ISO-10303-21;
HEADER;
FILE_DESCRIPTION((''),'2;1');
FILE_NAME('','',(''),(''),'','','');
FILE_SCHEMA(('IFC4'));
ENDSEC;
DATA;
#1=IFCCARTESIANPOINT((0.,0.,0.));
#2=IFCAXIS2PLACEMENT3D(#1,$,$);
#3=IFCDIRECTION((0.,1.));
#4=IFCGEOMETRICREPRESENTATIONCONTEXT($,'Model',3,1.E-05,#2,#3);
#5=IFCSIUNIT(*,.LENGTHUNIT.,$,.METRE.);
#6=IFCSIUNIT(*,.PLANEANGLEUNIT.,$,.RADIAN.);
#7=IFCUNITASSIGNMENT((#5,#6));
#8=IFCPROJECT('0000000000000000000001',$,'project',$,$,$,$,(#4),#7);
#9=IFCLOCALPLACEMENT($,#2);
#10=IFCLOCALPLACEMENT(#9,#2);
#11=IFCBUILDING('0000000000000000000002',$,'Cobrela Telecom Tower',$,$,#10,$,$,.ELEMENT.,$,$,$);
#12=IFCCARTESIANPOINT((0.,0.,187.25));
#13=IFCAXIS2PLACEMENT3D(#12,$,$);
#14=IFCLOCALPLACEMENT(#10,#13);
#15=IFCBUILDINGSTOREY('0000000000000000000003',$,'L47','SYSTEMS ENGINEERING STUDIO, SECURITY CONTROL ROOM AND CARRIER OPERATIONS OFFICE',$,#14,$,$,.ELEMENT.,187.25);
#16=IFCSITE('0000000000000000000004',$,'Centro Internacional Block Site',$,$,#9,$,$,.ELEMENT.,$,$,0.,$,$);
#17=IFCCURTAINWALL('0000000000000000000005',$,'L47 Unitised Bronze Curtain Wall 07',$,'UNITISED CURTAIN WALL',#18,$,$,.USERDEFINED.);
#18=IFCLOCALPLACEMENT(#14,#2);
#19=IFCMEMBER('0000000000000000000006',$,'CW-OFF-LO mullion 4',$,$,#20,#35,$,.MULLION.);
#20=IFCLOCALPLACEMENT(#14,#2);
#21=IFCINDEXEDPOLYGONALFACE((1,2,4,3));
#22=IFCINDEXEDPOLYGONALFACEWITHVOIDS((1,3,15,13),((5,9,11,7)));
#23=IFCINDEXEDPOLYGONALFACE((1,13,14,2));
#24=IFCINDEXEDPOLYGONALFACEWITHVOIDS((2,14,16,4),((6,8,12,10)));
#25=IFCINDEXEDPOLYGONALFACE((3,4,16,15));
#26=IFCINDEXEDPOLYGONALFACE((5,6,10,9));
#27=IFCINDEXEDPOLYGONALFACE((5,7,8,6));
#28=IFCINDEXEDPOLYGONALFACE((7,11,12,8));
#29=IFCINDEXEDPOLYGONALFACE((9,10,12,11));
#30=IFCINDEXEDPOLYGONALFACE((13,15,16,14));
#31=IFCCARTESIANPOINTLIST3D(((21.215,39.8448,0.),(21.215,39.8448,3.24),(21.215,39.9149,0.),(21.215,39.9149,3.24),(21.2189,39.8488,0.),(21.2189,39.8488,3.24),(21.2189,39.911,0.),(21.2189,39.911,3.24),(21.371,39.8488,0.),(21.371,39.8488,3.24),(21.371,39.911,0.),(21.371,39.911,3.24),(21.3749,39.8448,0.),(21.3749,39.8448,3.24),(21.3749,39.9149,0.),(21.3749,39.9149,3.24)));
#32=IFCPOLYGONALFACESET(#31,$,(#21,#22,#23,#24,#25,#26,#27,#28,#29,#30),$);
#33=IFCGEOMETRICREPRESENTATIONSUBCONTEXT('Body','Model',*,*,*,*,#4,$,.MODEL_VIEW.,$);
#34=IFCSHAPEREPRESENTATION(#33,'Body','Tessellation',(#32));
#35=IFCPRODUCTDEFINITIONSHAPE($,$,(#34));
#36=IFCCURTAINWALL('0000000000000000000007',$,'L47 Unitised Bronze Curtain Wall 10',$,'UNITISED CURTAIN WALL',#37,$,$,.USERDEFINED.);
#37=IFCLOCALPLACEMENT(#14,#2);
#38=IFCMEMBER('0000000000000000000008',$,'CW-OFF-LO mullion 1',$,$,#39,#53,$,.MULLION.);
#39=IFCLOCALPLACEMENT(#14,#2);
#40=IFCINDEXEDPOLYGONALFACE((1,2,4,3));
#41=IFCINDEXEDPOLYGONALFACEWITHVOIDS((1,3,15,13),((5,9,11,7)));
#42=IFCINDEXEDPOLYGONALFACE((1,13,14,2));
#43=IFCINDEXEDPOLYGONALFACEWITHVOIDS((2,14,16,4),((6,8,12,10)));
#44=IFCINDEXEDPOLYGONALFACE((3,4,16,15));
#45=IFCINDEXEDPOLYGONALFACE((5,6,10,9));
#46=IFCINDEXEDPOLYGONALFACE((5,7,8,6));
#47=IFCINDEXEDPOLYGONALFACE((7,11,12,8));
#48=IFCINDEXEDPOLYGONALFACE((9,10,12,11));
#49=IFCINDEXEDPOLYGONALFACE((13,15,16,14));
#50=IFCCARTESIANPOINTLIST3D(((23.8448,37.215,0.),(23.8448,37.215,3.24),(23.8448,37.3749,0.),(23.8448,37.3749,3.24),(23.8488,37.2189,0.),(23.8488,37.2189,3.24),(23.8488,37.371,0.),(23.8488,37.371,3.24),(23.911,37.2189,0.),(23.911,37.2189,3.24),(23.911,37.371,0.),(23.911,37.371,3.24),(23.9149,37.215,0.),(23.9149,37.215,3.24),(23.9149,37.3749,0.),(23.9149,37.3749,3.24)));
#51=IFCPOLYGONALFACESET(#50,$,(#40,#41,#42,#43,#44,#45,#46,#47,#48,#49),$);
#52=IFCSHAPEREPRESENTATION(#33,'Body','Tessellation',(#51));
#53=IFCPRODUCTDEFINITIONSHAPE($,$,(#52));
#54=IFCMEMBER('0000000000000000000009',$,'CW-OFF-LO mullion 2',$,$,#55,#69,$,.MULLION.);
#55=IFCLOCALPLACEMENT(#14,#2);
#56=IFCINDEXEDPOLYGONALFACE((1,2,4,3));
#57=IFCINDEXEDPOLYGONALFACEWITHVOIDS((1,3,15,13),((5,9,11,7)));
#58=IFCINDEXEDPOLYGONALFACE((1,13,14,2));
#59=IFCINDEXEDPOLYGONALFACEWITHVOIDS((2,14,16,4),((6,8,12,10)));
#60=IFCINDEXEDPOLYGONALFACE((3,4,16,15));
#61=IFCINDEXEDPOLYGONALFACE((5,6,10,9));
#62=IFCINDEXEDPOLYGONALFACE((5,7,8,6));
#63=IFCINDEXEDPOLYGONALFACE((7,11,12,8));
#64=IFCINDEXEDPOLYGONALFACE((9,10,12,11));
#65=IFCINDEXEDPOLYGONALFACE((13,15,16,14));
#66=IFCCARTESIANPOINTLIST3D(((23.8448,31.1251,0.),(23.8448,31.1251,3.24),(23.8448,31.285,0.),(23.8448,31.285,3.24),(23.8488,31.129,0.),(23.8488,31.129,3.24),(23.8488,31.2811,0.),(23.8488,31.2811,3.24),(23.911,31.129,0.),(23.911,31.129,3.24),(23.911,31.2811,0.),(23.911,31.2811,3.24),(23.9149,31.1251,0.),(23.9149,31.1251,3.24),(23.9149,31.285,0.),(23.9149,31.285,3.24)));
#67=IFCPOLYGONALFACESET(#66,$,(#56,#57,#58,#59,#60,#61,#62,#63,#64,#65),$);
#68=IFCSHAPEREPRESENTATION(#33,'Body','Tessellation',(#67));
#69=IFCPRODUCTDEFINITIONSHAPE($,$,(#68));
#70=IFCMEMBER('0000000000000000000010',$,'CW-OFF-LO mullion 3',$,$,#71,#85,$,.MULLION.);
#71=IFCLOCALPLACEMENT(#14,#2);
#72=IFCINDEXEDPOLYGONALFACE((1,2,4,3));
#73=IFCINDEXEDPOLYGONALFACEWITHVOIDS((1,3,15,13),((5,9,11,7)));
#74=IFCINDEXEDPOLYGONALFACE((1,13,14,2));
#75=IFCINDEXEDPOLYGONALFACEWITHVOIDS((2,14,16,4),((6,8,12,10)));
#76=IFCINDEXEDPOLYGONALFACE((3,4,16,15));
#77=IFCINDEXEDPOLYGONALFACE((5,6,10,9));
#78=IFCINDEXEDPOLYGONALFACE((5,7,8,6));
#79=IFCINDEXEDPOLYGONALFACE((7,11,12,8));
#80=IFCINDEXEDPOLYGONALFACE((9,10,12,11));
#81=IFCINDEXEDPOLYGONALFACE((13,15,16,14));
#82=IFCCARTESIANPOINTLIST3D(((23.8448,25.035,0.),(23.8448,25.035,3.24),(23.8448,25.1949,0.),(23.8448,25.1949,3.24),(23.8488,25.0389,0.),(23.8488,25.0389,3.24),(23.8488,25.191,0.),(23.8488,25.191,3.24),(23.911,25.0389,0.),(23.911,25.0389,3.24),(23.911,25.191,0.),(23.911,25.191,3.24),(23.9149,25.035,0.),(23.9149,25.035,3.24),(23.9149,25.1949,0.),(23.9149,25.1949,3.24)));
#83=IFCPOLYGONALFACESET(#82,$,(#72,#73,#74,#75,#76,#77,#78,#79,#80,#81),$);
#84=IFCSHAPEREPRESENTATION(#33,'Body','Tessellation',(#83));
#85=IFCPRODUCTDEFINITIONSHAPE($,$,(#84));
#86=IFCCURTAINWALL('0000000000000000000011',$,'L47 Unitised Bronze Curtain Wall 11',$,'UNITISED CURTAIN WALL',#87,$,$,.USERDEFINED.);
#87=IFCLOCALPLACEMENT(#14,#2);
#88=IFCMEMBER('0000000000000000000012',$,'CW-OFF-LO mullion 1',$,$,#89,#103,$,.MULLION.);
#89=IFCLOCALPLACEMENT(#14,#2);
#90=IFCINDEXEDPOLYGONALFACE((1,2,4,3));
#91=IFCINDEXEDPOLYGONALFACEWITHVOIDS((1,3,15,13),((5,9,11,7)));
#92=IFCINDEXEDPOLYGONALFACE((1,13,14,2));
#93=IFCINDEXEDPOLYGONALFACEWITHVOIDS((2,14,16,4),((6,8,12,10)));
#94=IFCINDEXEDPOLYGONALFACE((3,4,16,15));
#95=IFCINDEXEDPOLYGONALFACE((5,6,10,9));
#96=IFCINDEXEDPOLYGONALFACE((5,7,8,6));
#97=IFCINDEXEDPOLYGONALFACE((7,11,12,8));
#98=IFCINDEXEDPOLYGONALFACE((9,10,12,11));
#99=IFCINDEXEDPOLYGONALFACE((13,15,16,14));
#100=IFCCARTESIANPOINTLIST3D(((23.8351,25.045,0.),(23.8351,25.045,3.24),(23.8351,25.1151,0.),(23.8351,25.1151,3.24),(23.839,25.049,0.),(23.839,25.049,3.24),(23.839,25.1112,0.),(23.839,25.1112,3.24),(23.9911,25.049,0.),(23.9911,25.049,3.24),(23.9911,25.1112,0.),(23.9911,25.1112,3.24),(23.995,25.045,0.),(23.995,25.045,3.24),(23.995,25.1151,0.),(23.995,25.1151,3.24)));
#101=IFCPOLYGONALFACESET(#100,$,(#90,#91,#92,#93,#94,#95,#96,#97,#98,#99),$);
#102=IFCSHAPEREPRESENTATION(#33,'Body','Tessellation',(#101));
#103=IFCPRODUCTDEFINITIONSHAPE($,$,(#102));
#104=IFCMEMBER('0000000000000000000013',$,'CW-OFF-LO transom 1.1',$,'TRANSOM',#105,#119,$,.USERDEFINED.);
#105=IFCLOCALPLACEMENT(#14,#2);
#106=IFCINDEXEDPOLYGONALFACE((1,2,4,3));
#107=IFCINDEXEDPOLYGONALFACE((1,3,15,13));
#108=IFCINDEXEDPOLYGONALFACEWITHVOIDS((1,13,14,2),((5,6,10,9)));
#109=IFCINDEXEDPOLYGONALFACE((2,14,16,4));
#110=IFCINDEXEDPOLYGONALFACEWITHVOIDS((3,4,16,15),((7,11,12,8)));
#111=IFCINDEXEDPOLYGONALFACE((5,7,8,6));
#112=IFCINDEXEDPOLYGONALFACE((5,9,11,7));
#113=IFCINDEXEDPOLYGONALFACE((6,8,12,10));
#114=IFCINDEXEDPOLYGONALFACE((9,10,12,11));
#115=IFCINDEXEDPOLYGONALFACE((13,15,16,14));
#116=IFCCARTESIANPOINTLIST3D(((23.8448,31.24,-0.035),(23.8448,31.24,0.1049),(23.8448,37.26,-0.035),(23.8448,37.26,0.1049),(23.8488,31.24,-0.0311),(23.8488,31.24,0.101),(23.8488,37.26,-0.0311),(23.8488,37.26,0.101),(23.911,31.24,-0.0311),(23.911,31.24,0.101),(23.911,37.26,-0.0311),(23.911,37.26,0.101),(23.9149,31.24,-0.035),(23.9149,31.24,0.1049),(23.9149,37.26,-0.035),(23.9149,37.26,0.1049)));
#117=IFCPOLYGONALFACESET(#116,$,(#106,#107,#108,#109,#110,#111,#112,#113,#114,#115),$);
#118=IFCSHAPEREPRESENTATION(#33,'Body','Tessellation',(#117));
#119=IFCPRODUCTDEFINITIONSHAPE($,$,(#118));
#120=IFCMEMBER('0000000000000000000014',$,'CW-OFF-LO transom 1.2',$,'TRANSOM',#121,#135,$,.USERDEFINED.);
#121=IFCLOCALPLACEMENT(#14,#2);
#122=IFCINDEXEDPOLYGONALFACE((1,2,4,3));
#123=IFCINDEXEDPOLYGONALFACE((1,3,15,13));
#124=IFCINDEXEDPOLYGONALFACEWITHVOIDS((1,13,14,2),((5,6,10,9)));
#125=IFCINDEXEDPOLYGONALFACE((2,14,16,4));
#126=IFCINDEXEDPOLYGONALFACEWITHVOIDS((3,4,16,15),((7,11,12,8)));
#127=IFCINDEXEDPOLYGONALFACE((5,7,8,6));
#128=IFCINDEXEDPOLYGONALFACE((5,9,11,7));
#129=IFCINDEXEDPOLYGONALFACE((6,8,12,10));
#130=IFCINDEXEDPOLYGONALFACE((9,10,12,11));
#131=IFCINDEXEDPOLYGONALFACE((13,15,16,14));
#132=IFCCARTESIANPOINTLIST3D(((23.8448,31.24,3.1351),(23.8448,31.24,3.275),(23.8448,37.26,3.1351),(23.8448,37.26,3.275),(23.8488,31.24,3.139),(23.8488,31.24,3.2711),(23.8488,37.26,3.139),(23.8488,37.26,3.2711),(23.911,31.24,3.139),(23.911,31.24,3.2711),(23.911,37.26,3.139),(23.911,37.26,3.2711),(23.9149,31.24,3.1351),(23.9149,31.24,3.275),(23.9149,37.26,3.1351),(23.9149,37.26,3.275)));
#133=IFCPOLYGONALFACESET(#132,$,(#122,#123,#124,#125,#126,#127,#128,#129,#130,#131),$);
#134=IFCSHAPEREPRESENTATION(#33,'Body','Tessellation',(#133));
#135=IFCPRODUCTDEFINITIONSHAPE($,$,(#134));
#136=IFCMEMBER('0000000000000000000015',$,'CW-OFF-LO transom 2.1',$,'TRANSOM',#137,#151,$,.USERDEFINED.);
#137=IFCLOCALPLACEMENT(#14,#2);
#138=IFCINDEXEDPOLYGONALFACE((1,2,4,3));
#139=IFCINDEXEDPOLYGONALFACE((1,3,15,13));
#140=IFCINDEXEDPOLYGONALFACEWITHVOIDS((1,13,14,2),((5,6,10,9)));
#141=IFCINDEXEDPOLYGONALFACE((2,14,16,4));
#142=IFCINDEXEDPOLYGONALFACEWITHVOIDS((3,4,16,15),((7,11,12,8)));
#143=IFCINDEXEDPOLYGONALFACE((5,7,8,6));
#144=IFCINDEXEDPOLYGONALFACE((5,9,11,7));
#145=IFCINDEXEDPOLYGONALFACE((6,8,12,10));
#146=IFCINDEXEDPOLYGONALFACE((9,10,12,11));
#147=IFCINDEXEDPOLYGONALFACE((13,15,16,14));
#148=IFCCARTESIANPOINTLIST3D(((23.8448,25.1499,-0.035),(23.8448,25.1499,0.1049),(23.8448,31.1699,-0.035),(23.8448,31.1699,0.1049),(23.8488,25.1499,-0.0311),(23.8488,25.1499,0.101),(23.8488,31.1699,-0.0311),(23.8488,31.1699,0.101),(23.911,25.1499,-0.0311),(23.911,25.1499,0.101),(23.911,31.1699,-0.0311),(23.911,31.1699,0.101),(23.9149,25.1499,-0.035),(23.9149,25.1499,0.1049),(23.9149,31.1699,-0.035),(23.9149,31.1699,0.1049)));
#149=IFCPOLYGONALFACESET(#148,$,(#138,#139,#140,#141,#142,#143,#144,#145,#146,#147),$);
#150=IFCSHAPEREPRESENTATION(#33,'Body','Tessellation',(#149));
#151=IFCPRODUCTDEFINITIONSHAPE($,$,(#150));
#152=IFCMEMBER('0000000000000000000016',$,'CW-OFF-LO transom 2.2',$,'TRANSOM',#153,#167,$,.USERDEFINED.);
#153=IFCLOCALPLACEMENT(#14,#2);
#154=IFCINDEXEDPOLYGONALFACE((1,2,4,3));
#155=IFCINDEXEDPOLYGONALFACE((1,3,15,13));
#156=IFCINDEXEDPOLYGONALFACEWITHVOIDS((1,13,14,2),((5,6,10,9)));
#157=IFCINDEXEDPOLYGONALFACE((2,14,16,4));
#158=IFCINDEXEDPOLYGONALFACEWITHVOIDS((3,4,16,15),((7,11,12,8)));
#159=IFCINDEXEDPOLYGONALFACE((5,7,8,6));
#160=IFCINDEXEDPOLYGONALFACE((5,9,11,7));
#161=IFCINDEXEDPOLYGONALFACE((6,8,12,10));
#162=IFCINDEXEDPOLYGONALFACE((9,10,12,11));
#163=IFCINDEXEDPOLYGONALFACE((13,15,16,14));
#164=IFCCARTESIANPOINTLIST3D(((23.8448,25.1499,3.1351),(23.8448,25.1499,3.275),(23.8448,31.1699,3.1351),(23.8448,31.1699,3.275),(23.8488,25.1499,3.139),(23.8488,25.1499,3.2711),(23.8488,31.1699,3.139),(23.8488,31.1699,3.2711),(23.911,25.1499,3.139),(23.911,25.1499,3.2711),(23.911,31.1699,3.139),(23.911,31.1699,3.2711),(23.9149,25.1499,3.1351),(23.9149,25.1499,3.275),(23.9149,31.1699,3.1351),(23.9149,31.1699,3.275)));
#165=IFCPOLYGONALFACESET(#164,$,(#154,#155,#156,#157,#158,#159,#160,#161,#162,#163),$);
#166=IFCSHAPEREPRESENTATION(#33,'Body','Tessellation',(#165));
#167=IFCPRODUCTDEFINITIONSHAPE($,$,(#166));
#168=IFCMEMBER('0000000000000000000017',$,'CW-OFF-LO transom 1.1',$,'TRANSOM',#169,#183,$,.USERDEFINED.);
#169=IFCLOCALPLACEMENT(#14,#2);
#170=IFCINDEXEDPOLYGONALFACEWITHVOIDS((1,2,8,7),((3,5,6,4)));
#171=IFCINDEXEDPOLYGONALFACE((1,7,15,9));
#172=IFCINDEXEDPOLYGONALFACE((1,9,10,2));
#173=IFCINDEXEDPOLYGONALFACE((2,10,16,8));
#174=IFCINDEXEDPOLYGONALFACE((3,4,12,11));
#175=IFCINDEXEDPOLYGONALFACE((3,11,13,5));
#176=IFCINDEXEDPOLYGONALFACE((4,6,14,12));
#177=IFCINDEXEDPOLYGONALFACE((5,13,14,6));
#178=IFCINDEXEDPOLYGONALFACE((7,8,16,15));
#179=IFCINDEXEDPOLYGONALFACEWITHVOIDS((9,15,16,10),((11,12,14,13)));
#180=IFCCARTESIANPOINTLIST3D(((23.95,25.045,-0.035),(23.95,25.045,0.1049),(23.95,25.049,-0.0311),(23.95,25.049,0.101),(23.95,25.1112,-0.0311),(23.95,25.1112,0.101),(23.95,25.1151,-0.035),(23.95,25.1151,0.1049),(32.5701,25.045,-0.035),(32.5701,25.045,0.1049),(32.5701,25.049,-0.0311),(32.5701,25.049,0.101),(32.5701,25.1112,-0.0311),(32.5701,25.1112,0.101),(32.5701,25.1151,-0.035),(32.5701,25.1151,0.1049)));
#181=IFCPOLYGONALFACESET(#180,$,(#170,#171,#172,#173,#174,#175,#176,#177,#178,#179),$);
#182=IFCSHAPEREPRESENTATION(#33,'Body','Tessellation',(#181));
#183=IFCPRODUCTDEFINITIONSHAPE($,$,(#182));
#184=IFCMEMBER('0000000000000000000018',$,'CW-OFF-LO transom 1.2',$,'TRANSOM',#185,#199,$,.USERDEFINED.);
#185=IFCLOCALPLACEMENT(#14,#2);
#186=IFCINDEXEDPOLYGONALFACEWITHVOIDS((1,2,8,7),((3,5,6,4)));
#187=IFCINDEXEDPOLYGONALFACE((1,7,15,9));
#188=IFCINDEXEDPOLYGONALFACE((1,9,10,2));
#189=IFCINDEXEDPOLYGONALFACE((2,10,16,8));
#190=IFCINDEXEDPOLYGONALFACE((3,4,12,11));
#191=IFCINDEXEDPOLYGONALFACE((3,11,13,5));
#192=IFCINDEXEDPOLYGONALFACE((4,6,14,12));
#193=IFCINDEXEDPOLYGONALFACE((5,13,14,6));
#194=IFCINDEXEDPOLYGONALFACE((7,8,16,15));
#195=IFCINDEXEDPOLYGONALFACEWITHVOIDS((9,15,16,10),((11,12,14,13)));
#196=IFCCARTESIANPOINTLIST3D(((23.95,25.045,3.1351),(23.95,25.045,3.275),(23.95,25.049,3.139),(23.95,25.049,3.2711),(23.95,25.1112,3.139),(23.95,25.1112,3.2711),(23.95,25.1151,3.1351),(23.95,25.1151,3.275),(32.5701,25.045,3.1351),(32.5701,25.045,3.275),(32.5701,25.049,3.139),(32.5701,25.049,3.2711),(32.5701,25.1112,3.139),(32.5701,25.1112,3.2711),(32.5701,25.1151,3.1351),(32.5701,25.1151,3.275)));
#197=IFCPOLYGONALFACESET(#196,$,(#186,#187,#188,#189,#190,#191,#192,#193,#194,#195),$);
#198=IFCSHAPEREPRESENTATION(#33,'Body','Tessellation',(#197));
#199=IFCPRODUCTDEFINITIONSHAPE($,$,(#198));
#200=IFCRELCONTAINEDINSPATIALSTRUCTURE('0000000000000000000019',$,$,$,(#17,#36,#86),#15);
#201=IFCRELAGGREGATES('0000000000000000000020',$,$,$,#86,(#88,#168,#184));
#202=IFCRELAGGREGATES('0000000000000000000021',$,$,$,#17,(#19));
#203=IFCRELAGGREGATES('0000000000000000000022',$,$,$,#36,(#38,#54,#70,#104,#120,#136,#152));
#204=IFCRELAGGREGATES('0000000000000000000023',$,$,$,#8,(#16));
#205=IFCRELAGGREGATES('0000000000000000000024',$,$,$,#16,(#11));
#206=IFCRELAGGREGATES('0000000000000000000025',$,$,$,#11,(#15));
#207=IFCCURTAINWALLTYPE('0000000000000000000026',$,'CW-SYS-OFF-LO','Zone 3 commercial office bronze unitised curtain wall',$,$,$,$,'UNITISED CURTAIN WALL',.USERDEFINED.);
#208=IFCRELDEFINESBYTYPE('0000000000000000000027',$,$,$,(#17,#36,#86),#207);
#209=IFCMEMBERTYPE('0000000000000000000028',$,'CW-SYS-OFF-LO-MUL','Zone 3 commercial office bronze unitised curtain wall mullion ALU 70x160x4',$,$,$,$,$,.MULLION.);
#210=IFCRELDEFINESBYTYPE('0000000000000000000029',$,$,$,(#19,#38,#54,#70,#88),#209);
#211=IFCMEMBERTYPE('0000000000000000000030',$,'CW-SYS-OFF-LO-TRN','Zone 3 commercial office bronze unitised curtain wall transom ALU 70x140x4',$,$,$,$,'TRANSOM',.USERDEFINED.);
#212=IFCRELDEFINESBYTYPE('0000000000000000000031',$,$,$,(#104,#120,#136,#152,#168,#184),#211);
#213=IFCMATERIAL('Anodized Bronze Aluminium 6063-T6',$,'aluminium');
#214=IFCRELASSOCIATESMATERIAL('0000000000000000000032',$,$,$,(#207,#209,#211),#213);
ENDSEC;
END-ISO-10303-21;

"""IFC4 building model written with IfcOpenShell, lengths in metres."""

from ifc_helpers import new_model, si_unit, direction, frame, origin, origin_2d, place, context, subcontext, project, spatial, hollow_rectangle, extrude, material, material_profile, profile_set, type_object, element, aggregate, save


model = new_model("IFC4")

# Units and contexts
model_context = context("Model", 3, precision=1e-05, world=origin(), true_north=direction((0.0, 1.0)))
body_context = subcontext(model_context, "Body", "Model", "MODEL_VIEW")
ifc_project = project(units=[si_unit("LENGTHUNIT", "METRE"), si_unit("PLANEANGLEUNIT", "RADIAN")], contexts=[model_context])

# Site, building, storey
site_placement = place(None, origin())
site = spatial("IfcSite", under=ifc_project, at=site_placement, Name="Centro Internacional Block Site", CompositionType="ELEMENT", RefElevation=0.0)
building_placement = place(site_placement, origin())
building = spatial("IfcBuilding", under=site, at=building_placement, Name="Cobrela Telecom Tower", CompositionType="ELEMENT")
storey_placement = place(building_placement, frame((0.0, 0.0, 187.25)))
storey = spatial("IfcBuildingStorey", under=building, at=storey_placement, Name="L47", Description="SYSTEMS ENGINEERING STUDIO, SECURITY CONTROL ROOM AND CARRIER OPERATIONS OFFICE", CompositionType="ELEMENT", Elevation=187.25)

# Curtain wall, member
ifc_material_1 = material(Name="Anodized Bronze Aluminium 6063-T6", Category="aluminium")
curtain_wall_type = type_object("IfcCurtainWallType", Name="CW-SYS-OFF-LO", Description="Zone 3 commercial office bronze unitised curtain wall", ElementType="UNITISED CURTAIN WALL", PredefinedType="USERDEFINED", material=ifc_material_1)
curtain_wall_1_placement = place(storey_placement, origin())
curtain_wall_1 = element("IfcCurtainWall", 1, at=curtain_wall_1_placement, inside=storey, type_object=curtain_wall_type, Name="L47 Unitised Bronze Curtain Wall 07", ObjectType="UNITISED CURTAIN WALL", PredefinedType="USERDEFINED")
ifc_material_profile_1 = material_profile(ifc_material_1, hollow_rectangle(XDim=0.0701, YDim=0.1599, WallThickness=0.0039, at=origin_2d()), Name="ALU 70x160x4")
ifc_profile_set_1 = profile_set([ifc_material_profile_1], Name="Anodized Bronze Aluminium 6063-T6")
member_type_1 = type_object("IfcMemberType", Name="CW-SYS-OFF-LO-MUL", Description="Zone 3 commercial office bronze unitised curtain wall mullion ALU 70x160x4", PredefinedType="MULLION", material=ifc_profile_set_1)
member_1_placement = place(storey_placement, frame((21.2949, 39.8799, 0.0), z_axis=(0.0, 0.0, 1.0), x_axis=(0.0, 1.0, 0.0)))
member_1 = element("IfcMember", 2, at=member_1_placement, type_object=member_type_1, Name="CW-OFF-LO mullion 4", PredefinedType="MULLION", context=body_context, shape_type="SweptSolid", body=[
    extrude(hollow_rectangle(XDim=0.0701, YDim=0.1599, WallThickness=0.0039, at=origin_2d()), origin(), (0.0, 0.0, 1.0), 3.24),
])

# Curtain wall, members
curtain_wall_2_placement = place(storey_placement, origin())
curtain_wall_2 = element("IfcCurtainWall", 3, at=curtain_wall_2_placement, inside=storey, type_object=curtain_wall_type, Name="L47 Unitised Bronze Curtain Wall 10", ObjectType="UNITISED CURTAIN WALL", PredefinedType="USERDEFINED")
member_2_placement = place(storey_placement, frame((23.8799, 37.2949, 0.0), z_axis=(0.0, 0.0, 1.0), x_axis=(1.0, 0.0, 0.0)))
member_2 = element("IfcMember", 4, at=member_2_placement, type_object=member_type_1, Name="CW-OFF-LO mullion 1", PredefinedType="MULLION", context=body_context, shape_type="SweptSolid", body=[
    extrude(hollow_rectangle(XDim=0.0701, YDim=0.1599, WallThickness=0.0039, at=origin_2d()), origin(), (0.0, 0.0, 1.0), 3.24),
])
member_3_placement = place(storey_placement, frame((23.8799, 31.2051, 0.0), z_axis=(0.0, 0.0, 1.0), x_axis=(1.0, 0.0, 0.0)))
member_3 = element("IfcMember", 5, at=member_3_placement, type_object=member_type_1, Name="CW-OFF-LO mullion 2", PredefinedType="MULLION", context=body_context, shape_type="SweptSolid", body=[
    extrude(hollow_rectangle(XDim=0.0701, YDim=0.1599, WallThickness=0.0039, at=origin_2d()), origin(), (0.0, 0.0, 1.0), 3.24),
])
member_4_placement = place(storey_placement, frame((23.8799, 25.115, 0.0), z_axis=(0.0, 0.0, 1.0), x_axis=(1.0, 0.0, 0.0)))
member_4 = element("IfcMember", 6, at=member_4_placement, type_object=member_type_1, Name="CW-OFF-LO mullion 3", PredefinedType="MULLION", context=body_context, shape_type="SweptSolid", body=[
    extrude(hollow_rectangle(XDim=0.0701, YDim=0.1599, WallThickness=0.0039, at=origin_2d()), origin(), (0.0, 0.0, 1.0), 3.24),
])

# Curtain wall, member
curtain_wall_3_placement = place(storey_placement, origin())
curtain_wall_3 = element("IfcCurtainWall", 7, at=curtain_wall_3_placement, inside=storey, type_object=curtain_wall_type, Name="L47 Unitised Bronze Curtain Wall 11", ObjectType="UNITISED CURTAIN WALL", PredefinedType="USERDEFINED")
member_5_placement = place(storey_placement, frame((23.915, 25.0801, 0.0), z_axis=(0.0, 0.0, 1.0), x_axis=(0.0, 1.0, 0.0)))
member_5 = element("IfcMember", 8, at=member_5_placement, type_object=member_type_1, Name="CW-OFF-LO mullion 1", PredefinedType="MULLION", context=body_context, shape_type="SweptSolid", body=[
    extrude(hollow_rectangle(XDim=0.0701, YDim=0.1599, WallThickness=0.0039, at=origin_2d()), origin(), (0.0, 0.0, 1.0), 3.24),
])

# Members
ifc_material_profile_2 = material_profile(ifc_material_1, hollow_rectangle(XDim=0.0701, YDim=0.1399, WallThickness=0.0039, at=origin_2d()), Name="ALU 70x140x4")
ifc_profile_set_2 = profile_set([ifc_material_profile_2], Name="Anodized Bronze Aluminium 6063-T6")
member_type_2 = type_object("IfcMemberType", Name="CW-SYS-OFF-LO-TRN", Description="Zone 3 commercial office bronze unitised curtain wall transom ALU 70x140x4", ElementType="TRANSOM", PredefinedType="USERDEFINED", material=ifc_profile_set_2)
member_6_placement = place(storey_placement, frame((23.8799, 37.26, 0.0349), z_axis=(0.0, -1.0, 0.0), x_axis=(1.0, 0.0, 0.0)))
member_6 = element("IfcMember", 9, at=member_6_placement, type_object=member_type_2, Name="CW-OFF-LO transom 1.1", ObjectType="TRANSOM", PredefinedType="USERDEFINED", context=body_context, shape_type="SweptSolid", body=[
    extrude(hollow_rectangle(XDim=0.0701, YDim=0.1399, WallThickness=0.0039, at=origin_2d()), origin(), (0.0, 0.0, 1.0), 6.02),
])
member_7_placement = place(storey_placement, frame((23.8799, 37.26, 3.2051), z_axis=(0.0, -1.0, 0.0), x_axis=(1.0, 0.0, 0.0)))
member_7 = element("IfcMember", 10, at=member_7_placement, type_object=member_type_2, Name="CW-OFF-LO transom 1.2", ObjectType="TRANSOM", PredefinedType="USERDEFINED", context=body_context, shape_type="SweptSolid", body=[
    extrude(hollow_rectangle(XDim=0.0701, YDim=0.1399, WallThickness=0.0039, at=origin_2d()), origin(), (0.0, 0.0, 1.0), 6.02),
])
member_8_placement = place(storey_placement, frame((23.8799, 31.1699, 0.0349), z_axis=(0.0, -1.0, 0.0), x_axis=(1.0, 0.0, 0.0)))
member_8 = element("IfcMember", 11, at=member_8_placement, type_object=member_type_2, Name="CW-OFF-LO transom 2.1", ObjectType="TRANSOM", PredefinedType="USERDEFINED", context=body_context, shape_type="SweptSolid", body=[
    extrude(hollow_rectangle(XDim=0.0701, YDim=0.1399, WallThickness=0.0039, at=origin_2d()), origin(), (0.0, 0.0, 1.0), 6.02),
])
member_9_placement = place(storey_placement, frame((23.8799, 31.1699, 3.2051), z_axis=(0.0, -1.0, 0.0), x_axis=(1.0, 0.0, 0.0)))
member_9 = element("IfcMember", 12, at=member_9_placement, type_object=member_type_2, Name="CW-OFF-LO transom 2.2", ObjectType="TRANSOM", PredefinedType="USERDEFINED", context=body_context, shape_type="SweptSolid", body=[
    extrude(hollow_rectangle(XDim=0.0701, YDim=0.1399, WallThickness=0.0039, at=origin_2d()), origin(), (0.0, 0.0, 1.0), 6.02),
])
member_10_placement = place(storey_placement, frame((23.95, 25.0801, 0.0349), z_axis=(1.0, 0.0, 0.0), x_axis=(0.0, 1.0, 0.0)))
member_10 = element("IfcMember", 13, at=member_10_placement, type_object=member_type_2, Name="CW-OFF-LO transom 1.1", ObjectType="TRANSOM", PredefinedType="USERDEFINED", context=body_context, shape_type="SweptSolid", body=[
    extrude(hollow_rectangle(XDim=0.0701, YDim=0.1399, WallThickness=0.0039, at=origin_2d()), origin(), (0.0, 0.0, 1.0), 8.6201),
])
member_11_placement = place(storey_placement, frame((23.95, 25.0801, 3.2051), z_axis=(1.0, 0.0, 0.0), x_axis=(0.0, 1.0, 0.0)))
member_11 = element("IfcMember", 14, at=member_11_placement, type_object=member_type_2, Name="CW-OFF-LO transom 1.2", ObjectType="TRANSOM", PredefinedType="USERDEFINED", context=body_context, shape_type="SweptSolid", body=[
    extrude(hollow_rectangle(XDim=0.0701, YDim=0.1399, WallThickness=0.0039, at=origin_2d()), origin(), (0.0, 0.0, 1.0), 8.6201),
])
aggregate(curtain_wall_3, [member_5, member_10, member_11])

aggregate(curtain_wall_1, [member_1])
aggregate(curtain_wall_2, [member_2, member_3, member_4, member_6, member_7, member_8, member_9])

save(model, "model.ifc")
